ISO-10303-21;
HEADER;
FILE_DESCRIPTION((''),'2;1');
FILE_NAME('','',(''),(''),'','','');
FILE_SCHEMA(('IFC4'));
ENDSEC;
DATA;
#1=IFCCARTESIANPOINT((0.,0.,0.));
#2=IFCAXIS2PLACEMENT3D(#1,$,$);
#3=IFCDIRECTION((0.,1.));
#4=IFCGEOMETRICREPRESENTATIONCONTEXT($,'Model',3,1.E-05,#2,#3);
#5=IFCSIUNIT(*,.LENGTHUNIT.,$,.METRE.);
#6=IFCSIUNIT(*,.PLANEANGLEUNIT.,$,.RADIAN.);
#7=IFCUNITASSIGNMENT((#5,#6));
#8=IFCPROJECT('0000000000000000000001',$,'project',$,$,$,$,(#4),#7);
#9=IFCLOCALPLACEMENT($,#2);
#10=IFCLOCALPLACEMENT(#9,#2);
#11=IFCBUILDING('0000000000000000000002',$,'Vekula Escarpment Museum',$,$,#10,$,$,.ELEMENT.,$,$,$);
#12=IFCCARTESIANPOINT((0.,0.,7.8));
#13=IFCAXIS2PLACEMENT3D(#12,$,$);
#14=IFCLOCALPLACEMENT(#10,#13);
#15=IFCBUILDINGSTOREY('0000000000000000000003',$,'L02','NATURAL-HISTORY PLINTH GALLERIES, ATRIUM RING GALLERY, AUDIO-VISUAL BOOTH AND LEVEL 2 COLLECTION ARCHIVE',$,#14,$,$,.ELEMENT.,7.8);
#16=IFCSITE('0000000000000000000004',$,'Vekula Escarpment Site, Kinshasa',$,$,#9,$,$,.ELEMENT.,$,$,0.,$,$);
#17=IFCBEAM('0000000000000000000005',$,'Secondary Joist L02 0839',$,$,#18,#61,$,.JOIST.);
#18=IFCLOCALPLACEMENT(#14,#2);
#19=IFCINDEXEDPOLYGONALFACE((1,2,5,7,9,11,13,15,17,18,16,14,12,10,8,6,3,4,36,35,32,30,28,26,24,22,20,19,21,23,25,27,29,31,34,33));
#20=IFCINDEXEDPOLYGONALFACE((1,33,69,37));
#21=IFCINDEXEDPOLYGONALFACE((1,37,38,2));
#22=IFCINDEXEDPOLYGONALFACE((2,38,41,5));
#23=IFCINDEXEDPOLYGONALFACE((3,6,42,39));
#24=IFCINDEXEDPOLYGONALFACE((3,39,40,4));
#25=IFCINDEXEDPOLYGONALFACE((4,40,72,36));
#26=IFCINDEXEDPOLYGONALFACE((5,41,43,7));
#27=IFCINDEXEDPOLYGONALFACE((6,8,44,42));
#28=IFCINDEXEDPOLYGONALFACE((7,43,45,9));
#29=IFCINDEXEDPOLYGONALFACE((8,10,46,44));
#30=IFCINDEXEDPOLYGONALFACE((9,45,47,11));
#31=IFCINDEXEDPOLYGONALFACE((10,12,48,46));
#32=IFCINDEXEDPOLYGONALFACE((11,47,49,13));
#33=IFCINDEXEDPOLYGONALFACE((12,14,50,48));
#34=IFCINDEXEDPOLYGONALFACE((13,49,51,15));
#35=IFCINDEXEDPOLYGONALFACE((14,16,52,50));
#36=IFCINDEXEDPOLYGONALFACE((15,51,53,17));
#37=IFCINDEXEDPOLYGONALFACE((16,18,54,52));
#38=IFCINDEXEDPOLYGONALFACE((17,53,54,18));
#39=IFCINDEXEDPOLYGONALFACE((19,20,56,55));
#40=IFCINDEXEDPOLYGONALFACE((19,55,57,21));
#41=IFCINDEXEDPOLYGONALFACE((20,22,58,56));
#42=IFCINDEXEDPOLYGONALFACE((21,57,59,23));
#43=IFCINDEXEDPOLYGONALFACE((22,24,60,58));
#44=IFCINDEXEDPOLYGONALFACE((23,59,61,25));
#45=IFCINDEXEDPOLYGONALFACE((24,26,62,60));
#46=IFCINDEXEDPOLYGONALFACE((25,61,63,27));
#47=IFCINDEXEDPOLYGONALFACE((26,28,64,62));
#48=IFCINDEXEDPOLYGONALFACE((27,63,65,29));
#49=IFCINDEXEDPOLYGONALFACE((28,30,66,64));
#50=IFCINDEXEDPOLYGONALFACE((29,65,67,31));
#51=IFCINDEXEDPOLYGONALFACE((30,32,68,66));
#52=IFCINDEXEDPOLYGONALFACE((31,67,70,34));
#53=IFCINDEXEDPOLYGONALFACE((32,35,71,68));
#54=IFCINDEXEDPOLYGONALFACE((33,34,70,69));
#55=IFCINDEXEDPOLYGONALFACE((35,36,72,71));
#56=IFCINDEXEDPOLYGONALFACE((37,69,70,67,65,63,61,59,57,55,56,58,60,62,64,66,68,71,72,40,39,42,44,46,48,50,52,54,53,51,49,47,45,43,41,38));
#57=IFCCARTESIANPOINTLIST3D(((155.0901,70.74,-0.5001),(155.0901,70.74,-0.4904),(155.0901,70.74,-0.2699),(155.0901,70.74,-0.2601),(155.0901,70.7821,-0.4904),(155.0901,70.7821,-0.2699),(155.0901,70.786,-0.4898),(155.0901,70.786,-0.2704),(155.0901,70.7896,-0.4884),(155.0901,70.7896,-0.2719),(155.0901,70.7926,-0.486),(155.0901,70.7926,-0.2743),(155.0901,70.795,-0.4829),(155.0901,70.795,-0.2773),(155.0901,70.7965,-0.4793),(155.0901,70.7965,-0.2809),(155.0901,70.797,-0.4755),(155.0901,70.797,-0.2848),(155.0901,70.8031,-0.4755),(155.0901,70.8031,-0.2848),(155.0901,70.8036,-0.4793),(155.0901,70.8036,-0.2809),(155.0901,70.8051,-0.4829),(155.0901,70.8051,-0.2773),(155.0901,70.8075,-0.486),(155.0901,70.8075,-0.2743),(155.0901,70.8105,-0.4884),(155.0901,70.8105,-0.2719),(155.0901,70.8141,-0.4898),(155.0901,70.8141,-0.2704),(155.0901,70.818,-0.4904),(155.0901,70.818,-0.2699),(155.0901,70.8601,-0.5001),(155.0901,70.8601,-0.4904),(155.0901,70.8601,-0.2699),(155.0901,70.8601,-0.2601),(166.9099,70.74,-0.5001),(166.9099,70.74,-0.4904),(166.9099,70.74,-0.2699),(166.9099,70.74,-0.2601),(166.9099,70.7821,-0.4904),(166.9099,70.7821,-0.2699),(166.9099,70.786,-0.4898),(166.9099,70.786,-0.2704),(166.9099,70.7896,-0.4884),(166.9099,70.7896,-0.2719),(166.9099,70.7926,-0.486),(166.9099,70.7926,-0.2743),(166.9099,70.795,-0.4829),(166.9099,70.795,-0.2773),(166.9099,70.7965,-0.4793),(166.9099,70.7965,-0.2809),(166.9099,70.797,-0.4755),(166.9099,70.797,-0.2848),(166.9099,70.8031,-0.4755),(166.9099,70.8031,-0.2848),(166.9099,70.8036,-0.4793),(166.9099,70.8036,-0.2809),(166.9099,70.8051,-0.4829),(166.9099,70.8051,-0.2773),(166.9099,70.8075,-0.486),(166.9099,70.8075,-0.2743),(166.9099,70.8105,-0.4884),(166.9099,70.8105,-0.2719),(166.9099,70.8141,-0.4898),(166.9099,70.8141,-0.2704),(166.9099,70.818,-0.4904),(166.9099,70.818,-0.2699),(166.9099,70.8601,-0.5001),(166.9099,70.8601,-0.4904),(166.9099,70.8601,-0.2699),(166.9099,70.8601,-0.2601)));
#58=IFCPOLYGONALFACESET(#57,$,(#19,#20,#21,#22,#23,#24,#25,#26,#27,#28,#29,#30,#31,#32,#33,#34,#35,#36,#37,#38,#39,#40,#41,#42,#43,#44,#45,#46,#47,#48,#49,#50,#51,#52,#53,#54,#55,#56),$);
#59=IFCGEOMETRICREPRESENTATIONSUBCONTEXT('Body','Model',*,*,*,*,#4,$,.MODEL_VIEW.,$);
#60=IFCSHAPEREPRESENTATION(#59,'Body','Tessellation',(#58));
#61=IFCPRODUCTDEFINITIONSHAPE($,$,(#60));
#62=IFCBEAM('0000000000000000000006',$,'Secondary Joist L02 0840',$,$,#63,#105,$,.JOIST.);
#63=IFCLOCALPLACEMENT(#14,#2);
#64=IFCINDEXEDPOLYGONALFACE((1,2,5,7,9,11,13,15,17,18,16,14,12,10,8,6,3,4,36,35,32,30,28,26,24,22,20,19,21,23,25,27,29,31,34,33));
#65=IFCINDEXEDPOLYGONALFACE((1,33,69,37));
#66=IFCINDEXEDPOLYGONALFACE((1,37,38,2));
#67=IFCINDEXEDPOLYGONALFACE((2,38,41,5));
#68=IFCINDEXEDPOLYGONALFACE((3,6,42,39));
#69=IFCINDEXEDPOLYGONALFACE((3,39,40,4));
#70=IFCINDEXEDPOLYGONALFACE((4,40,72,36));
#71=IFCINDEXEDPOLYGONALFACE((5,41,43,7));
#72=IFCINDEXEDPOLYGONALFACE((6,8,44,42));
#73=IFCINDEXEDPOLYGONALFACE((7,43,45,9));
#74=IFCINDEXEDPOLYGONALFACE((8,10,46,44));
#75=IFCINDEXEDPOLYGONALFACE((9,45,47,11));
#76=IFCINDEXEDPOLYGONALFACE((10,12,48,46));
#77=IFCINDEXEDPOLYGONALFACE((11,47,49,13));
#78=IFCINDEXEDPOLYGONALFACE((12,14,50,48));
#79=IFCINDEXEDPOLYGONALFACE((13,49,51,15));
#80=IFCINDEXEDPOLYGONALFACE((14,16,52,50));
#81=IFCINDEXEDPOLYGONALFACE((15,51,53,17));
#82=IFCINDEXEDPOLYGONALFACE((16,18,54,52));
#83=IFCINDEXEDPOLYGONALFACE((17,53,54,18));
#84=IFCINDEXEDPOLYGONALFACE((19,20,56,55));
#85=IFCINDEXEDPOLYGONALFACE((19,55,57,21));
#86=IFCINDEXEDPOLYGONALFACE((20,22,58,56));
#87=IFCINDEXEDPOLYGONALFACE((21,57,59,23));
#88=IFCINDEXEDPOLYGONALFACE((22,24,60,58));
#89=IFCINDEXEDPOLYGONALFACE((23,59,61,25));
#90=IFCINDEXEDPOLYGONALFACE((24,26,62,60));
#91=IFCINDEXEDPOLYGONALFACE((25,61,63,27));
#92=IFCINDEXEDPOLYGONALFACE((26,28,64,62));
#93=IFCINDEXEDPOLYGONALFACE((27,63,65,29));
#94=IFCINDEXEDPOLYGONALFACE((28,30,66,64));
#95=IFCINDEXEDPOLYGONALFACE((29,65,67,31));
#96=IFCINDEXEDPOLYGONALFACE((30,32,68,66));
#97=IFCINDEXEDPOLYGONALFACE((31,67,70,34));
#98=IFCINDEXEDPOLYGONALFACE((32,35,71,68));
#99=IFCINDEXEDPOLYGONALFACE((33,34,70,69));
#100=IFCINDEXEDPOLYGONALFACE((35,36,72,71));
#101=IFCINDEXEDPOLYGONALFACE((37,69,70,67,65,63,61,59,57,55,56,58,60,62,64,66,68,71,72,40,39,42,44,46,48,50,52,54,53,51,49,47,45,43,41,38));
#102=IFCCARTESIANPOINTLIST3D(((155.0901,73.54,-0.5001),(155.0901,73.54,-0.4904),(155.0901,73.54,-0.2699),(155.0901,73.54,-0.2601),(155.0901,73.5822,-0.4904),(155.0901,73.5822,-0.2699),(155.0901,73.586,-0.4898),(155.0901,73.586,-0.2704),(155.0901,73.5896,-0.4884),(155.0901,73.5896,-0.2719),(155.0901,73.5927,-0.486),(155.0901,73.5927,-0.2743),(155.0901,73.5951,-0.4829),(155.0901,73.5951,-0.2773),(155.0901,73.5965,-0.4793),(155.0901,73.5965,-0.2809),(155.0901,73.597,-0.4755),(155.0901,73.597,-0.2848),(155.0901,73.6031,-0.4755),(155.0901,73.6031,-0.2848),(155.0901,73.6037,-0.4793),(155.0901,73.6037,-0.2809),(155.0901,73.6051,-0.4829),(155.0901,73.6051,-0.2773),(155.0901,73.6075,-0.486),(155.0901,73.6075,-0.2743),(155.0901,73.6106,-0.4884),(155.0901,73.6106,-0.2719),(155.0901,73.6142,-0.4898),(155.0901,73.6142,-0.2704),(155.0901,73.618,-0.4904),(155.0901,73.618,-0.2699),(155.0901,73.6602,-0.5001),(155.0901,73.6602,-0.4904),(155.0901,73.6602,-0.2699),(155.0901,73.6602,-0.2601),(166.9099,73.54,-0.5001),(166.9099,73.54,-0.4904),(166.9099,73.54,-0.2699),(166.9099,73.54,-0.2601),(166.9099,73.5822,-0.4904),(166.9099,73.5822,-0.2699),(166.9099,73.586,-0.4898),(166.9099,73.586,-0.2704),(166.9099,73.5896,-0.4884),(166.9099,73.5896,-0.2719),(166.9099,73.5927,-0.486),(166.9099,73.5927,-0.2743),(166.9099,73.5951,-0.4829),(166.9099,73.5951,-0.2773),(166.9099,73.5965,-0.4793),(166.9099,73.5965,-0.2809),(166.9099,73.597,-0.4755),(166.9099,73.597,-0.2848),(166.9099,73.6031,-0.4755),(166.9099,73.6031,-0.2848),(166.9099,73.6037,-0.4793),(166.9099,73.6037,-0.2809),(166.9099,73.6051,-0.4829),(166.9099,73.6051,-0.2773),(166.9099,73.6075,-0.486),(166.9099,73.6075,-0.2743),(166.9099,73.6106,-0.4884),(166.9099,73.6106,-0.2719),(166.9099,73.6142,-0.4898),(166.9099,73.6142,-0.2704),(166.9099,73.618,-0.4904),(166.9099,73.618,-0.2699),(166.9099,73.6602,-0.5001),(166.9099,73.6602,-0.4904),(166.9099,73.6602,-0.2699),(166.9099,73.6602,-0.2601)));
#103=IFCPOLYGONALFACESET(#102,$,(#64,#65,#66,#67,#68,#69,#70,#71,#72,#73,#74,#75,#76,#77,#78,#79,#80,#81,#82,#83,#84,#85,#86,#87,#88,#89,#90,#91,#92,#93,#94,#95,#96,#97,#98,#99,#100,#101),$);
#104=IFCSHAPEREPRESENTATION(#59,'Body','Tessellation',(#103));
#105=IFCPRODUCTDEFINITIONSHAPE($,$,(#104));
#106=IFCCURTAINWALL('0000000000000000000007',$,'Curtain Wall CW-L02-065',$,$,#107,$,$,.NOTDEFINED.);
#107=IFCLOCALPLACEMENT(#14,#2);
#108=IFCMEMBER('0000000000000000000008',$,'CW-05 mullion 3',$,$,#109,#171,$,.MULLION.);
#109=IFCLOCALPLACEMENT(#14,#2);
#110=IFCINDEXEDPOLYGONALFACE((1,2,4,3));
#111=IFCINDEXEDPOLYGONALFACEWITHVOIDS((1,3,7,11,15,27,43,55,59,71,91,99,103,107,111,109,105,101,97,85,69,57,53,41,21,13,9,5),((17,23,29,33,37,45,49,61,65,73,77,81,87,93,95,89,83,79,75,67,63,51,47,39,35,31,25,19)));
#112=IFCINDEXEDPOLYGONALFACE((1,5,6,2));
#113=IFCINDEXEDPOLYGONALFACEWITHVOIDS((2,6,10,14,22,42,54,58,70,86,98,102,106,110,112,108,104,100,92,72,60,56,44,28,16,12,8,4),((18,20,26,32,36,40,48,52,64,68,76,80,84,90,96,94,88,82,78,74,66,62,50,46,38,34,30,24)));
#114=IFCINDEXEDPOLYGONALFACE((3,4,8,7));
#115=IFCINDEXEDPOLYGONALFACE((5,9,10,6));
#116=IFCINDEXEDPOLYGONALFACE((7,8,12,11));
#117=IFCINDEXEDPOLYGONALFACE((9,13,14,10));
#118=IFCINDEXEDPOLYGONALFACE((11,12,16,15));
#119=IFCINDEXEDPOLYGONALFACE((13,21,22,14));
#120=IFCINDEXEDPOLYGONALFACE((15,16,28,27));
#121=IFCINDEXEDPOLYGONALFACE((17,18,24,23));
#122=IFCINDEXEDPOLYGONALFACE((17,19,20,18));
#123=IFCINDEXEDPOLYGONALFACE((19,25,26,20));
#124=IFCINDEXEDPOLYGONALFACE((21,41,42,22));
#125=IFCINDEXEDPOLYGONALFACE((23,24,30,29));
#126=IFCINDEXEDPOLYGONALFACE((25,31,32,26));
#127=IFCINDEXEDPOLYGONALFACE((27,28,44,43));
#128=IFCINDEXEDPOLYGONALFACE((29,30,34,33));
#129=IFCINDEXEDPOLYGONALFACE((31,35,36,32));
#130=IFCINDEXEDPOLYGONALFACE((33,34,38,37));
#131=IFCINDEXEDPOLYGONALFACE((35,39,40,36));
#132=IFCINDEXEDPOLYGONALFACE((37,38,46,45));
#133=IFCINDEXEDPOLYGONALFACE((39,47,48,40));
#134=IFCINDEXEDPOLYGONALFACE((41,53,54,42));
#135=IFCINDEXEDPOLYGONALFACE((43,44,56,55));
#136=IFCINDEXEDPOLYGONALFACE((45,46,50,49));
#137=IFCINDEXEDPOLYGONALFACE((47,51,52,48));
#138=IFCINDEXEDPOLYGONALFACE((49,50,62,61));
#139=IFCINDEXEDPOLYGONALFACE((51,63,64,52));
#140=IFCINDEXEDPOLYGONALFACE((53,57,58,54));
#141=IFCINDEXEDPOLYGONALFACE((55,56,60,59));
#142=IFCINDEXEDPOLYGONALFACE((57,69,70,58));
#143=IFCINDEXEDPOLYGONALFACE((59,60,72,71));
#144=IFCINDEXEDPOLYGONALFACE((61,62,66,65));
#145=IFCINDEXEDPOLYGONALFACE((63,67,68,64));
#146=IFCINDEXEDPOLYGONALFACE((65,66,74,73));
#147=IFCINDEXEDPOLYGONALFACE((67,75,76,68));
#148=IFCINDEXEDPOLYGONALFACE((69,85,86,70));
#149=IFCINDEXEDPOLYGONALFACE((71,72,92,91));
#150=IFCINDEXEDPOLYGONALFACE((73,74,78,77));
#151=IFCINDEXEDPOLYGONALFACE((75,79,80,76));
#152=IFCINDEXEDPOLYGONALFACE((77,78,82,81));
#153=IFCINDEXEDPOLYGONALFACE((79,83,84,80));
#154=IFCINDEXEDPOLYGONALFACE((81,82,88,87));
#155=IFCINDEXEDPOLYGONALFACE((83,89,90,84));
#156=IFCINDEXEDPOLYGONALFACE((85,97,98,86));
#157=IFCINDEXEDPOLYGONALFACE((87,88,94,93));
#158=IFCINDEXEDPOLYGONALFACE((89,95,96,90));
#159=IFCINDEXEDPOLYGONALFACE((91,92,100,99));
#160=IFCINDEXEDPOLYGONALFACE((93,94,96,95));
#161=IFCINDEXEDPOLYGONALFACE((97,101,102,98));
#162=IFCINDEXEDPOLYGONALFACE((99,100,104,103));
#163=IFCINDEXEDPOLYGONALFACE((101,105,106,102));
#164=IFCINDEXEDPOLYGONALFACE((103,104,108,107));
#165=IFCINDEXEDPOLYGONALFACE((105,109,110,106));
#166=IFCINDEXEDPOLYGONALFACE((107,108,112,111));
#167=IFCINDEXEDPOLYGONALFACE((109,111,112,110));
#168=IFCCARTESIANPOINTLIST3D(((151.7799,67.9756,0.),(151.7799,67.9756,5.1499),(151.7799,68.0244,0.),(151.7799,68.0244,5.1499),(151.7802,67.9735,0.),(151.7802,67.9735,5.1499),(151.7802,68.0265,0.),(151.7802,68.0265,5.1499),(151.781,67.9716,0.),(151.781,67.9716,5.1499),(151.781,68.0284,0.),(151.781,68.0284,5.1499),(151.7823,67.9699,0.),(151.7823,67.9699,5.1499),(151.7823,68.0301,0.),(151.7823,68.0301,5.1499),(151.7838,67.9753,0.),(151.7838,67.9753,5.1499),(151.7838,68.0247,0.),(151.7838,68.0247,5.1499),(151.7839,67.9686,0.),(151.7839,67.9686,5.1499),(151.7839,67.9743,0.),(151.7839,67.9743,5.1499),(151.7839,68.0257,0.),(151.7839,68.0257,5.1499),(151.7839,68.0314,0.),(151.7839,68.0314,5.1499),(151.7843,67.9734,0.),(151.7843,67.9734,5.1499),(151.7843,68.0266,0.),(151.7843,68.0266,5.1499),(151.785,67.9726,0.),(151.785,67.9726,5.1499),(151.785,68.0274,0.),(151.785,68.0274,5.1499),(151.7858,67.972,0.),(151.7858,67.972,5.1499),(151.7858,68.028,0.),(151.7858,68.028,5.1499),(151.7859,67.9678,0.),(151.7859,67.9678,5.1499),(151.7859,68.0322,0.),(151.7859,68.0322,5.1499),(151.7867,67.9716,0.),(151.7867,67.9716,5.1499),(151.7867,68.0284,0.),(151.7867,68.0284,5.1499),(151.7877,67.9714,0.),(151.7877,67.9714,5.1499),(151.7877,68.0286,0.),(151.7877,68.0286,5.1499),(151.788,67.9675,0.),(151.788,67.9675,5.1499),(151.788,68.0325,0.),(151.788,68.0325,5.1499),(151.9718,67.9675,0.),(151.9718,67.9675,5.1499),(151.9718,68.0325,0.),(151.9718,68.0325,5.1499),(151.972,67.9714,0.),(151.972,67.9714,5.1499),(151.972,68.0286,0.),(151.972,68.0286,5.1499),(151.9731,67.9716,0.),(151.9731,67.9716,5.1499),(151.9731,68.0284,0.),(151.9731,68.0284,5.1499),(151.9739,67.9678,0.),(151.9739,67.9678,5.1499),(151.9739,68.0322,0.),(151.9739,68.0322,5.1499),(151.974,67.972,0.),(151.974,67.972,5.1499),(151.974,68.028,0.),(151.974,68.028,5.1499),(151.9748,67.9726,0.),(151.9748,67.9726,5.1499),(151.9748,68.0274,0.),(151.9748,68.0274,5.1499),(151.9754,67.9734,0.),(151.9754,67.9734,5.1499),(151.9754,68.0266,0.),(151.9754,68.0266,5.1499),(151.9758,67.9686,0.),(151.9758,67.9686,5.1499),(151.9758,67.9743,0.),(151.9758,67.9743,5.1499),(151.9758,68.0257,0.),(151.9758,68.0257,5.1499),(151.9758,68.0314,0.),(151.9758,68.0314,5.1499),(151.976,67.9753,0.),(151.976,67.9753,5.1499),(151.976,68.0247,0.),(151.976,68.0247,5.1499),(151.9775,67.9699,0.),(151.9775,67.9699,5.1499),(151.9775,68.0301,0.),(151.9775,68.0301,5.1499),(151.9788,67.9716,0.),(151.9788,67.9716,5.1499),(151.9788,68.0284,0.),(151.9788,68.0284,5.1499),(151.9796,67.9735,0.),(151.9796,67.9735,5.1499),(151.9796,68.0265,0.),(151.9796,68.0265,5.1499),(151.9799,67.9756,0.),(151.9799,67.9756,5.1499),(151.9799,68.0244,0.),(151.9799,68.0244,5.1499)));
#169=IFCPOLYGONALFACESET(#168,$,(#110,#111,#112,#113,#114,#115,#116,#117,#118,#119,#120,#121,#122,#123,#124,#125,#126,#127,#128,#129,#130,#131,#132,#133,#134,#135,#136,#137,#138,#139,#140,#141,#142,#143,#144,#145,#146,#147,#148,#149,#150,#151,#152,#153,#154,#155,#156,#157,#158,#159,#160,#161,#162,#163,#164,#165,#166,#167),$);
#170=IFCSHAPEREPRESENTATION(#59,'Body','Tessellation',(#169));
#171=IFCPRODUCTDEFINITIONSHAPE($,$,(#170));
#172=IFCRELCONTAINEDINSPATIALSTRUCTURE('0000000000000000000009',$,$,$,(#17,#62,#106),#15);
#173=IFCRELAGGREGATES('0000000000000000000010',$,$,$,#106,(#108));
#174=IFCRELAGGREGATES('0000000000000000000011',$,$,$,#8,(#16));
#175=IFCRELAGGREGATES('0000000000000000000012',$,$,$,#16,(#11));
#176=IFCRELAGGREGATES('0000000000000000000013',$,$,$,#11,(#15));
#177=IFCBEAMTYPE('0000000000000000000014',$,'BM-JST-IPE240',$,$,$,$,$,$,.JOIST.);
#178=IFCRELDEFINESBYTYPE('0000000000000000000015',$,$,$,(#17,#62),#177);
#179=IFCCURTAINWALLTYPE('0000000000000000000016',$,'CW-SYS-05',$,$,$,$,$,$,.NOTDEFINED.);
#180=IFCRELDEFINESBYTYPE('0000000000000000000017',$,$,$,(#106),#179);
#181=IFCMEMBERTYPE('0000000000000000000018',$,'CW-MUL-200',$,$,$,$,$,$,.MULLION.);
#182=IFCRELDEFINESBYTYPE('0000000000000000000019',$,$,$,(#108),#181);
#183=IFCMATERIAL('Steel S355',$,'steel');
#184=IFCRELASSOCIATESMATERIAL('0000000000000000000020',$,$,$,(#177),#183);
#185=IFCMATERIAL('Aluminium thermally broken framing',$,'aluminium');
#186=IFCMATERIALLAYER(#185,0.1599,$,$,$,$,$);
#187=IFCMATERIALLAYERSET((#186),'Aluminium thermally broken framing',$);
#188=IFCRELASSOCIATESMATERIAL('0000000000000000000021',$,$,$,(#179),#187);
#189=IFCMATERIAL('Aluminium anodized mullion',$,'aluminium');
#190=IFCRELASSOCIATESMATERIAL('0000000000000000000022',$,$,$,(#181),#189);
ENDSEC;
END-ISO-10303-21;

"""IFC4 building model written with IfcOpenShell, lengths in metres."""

from ifc_helpers import new_model, si_unit, direction, frame, origin, origin_2d, place, context, subcontext, project, spatial, hollow_rectangle, i_section, extrude, material, layer, layer_set, material_profile, profile_set, type_object, element, aggregate, save


model = new_model("IFC4")

# Units and contexts
model_context = context("Model", 3, precision=1e-05, world=origin(), true_north=direction((0.0, 1.0)))
body_context = subcontext(model_context, "Body", "Model", "MODEL_VIEW")
ifc_project = project(units=[si_unit("LENGTHUNIT", "METRE"), si_unit("PLANEANGLEUNIT", "RADIAN")], contexts=[model_context])

# Site, building, storey
site_placement = place(None, origin())
site = spatial("IfcSite", under=ifc_project, at=site_placement, Name="Vekula Escarpment Site, Kinshasa", CompositionType="ELEMENT", RefElevation=0.0)
building_placement = place(site_placement, origin())
building = spatial("IfcBuilding", under=site, at=building_placement, Name="Vekula Escarpment Museum", CompositionType="ELEMENT")
storey_placement = place(building_placement, frame((0.0, 0.0, 7.8)))
storey = spatial("IfcBuildingStorey", under=building, at=storey_placement, Name="L02", Description="NATURAL-HISTORY PLINTH GALLERIES, ATRIUM RING GALLERY, AUDIO-VISUAL BOOTH AND LEVEL 2 COLLECTION ARCHIVE", CompositionType="ELEMENT", Elevation=7.8)

# Beams
ifc_material_1 = material(Name="Steel S355", Category="steel")
ifc_material_profile_1 = material_profile(ifc_material_1, i_section(OverallWidth=0.1201, OverallDepth=0.24, WebThickness=0.0061, FlangeThickness=0.0098, FilletRadius=0.0149, at=origin_2d()), Name="IPE 240")
ifc_profile_set_1 = profile_set([ifc_material_profile_1], Name="Steel S355")
beam_type_1 = type_object("IfcBeamType", Name="BM-JST-IPE240", PredefinedType="JOIST", material=ifc_profile_set_1)
for number, where, z_axis, x_axis, name in (
    (1, (155.0901, 70.8, -0.3801), (1.0, 0.0, 0.0), (0.0, 1.0, 0.0), "Secondary Joist L02 0839"),
    (2, (155.0901, 73.6001, -0.3801), (1.0, 0.0, 0.0), (0.0, 1.0, 0.0), "Secondary Joist L02 0840"),
):
    element("IfcBeam", number, at=place(storey_placement, frame(where, z_axis=z_axis, x_axis=x_axis)), inside=storey, type_object=beam_type_1, Name=name, PredefinedType="JOIST", context=body_context, shape_type="SweptSolid", body=[
        extrude(i_section(OverallWidth=0.1201, OverallDepth=0.24, WebThickness=0.0061, FlangeThickness=0.0098, FilletRadius=0.0149, at=origin_2d()), origin(), (0.0, 0.0, 1.0), 11.8198),
    ])

# Curtain wall, member
ifc_material_2 = material(Name="Aluminium thermally broken framing", Category="aluminium")
ifc_layer_1 = layer(ifc_material_2, 0.1599)
ifc_layer_set_1 = layer_set([ifc_layer_1], Name="Aluminium thermally broken framing")
curtain_wall_type_1 = type_object("IfcCurtainWallType", Name="CW-SYS-05", PredefinedType="NOTDEFINED", material=ifc_layer_set_1)
curtain_wall_1_placement = place(storey_placement, origin())
curtain_wall_1 = element("IfcCurtainWall", 3, at=curtain_wall_1_placement, inside=storey, type_object=curtain_wall_type_1, Name="Curtain Wall CW-L02-065", PredefinedType="NOTDEFINED")
ifc_material_3 = material(Name="Aluminium anodized mullion", Category="aluminium")
ifc_material_profile_2 = material_profile(ifc_material_3, hollow_rectangle(XDim=0.0649, YDim=0.2, WallThickness=0.0039, InnerFilletRadius=0.0039, OuterFilletRadius=0.0081, at=origin_2d()), Name="ALU 200x65x4")
ifc_profile_set_2 = profile_set([ifc_material_profile_2], Name="Aluminium anodized mullion")
member_type_1 = type_object("IfcMemberType", Name="CW-MUL-200", PredefinedType="MULLION", material=ifc_profile_set_2)
member_1_placement = place(storey_placement, frame((151.8799, 68.0, 0.0), z_axis=(0.0, 0.0, 1.0), x_axis=(0.0, 1.0, 0.0)))
member_1 = element("IfcMember", 4, at=member_1_placement, type_object=member_type_1, Name="CW-05 mullion 3", PredefinedType="MULLION", context=body_context, shape_type="SweptSolid", body=[
    extrude(hollow_rectangle(XDim=0.0649, YDim=0.2, WallThickness=0.0039, InnerFilletRadius=0.0039, OuterFilletRadius=0.0081, at=origin_2d()), origin(), (0.0, 0.0, 1.0), 5.1499),
])

aggregate(curtain_wall_1, [member_1])

save(model, "model.ifc")
